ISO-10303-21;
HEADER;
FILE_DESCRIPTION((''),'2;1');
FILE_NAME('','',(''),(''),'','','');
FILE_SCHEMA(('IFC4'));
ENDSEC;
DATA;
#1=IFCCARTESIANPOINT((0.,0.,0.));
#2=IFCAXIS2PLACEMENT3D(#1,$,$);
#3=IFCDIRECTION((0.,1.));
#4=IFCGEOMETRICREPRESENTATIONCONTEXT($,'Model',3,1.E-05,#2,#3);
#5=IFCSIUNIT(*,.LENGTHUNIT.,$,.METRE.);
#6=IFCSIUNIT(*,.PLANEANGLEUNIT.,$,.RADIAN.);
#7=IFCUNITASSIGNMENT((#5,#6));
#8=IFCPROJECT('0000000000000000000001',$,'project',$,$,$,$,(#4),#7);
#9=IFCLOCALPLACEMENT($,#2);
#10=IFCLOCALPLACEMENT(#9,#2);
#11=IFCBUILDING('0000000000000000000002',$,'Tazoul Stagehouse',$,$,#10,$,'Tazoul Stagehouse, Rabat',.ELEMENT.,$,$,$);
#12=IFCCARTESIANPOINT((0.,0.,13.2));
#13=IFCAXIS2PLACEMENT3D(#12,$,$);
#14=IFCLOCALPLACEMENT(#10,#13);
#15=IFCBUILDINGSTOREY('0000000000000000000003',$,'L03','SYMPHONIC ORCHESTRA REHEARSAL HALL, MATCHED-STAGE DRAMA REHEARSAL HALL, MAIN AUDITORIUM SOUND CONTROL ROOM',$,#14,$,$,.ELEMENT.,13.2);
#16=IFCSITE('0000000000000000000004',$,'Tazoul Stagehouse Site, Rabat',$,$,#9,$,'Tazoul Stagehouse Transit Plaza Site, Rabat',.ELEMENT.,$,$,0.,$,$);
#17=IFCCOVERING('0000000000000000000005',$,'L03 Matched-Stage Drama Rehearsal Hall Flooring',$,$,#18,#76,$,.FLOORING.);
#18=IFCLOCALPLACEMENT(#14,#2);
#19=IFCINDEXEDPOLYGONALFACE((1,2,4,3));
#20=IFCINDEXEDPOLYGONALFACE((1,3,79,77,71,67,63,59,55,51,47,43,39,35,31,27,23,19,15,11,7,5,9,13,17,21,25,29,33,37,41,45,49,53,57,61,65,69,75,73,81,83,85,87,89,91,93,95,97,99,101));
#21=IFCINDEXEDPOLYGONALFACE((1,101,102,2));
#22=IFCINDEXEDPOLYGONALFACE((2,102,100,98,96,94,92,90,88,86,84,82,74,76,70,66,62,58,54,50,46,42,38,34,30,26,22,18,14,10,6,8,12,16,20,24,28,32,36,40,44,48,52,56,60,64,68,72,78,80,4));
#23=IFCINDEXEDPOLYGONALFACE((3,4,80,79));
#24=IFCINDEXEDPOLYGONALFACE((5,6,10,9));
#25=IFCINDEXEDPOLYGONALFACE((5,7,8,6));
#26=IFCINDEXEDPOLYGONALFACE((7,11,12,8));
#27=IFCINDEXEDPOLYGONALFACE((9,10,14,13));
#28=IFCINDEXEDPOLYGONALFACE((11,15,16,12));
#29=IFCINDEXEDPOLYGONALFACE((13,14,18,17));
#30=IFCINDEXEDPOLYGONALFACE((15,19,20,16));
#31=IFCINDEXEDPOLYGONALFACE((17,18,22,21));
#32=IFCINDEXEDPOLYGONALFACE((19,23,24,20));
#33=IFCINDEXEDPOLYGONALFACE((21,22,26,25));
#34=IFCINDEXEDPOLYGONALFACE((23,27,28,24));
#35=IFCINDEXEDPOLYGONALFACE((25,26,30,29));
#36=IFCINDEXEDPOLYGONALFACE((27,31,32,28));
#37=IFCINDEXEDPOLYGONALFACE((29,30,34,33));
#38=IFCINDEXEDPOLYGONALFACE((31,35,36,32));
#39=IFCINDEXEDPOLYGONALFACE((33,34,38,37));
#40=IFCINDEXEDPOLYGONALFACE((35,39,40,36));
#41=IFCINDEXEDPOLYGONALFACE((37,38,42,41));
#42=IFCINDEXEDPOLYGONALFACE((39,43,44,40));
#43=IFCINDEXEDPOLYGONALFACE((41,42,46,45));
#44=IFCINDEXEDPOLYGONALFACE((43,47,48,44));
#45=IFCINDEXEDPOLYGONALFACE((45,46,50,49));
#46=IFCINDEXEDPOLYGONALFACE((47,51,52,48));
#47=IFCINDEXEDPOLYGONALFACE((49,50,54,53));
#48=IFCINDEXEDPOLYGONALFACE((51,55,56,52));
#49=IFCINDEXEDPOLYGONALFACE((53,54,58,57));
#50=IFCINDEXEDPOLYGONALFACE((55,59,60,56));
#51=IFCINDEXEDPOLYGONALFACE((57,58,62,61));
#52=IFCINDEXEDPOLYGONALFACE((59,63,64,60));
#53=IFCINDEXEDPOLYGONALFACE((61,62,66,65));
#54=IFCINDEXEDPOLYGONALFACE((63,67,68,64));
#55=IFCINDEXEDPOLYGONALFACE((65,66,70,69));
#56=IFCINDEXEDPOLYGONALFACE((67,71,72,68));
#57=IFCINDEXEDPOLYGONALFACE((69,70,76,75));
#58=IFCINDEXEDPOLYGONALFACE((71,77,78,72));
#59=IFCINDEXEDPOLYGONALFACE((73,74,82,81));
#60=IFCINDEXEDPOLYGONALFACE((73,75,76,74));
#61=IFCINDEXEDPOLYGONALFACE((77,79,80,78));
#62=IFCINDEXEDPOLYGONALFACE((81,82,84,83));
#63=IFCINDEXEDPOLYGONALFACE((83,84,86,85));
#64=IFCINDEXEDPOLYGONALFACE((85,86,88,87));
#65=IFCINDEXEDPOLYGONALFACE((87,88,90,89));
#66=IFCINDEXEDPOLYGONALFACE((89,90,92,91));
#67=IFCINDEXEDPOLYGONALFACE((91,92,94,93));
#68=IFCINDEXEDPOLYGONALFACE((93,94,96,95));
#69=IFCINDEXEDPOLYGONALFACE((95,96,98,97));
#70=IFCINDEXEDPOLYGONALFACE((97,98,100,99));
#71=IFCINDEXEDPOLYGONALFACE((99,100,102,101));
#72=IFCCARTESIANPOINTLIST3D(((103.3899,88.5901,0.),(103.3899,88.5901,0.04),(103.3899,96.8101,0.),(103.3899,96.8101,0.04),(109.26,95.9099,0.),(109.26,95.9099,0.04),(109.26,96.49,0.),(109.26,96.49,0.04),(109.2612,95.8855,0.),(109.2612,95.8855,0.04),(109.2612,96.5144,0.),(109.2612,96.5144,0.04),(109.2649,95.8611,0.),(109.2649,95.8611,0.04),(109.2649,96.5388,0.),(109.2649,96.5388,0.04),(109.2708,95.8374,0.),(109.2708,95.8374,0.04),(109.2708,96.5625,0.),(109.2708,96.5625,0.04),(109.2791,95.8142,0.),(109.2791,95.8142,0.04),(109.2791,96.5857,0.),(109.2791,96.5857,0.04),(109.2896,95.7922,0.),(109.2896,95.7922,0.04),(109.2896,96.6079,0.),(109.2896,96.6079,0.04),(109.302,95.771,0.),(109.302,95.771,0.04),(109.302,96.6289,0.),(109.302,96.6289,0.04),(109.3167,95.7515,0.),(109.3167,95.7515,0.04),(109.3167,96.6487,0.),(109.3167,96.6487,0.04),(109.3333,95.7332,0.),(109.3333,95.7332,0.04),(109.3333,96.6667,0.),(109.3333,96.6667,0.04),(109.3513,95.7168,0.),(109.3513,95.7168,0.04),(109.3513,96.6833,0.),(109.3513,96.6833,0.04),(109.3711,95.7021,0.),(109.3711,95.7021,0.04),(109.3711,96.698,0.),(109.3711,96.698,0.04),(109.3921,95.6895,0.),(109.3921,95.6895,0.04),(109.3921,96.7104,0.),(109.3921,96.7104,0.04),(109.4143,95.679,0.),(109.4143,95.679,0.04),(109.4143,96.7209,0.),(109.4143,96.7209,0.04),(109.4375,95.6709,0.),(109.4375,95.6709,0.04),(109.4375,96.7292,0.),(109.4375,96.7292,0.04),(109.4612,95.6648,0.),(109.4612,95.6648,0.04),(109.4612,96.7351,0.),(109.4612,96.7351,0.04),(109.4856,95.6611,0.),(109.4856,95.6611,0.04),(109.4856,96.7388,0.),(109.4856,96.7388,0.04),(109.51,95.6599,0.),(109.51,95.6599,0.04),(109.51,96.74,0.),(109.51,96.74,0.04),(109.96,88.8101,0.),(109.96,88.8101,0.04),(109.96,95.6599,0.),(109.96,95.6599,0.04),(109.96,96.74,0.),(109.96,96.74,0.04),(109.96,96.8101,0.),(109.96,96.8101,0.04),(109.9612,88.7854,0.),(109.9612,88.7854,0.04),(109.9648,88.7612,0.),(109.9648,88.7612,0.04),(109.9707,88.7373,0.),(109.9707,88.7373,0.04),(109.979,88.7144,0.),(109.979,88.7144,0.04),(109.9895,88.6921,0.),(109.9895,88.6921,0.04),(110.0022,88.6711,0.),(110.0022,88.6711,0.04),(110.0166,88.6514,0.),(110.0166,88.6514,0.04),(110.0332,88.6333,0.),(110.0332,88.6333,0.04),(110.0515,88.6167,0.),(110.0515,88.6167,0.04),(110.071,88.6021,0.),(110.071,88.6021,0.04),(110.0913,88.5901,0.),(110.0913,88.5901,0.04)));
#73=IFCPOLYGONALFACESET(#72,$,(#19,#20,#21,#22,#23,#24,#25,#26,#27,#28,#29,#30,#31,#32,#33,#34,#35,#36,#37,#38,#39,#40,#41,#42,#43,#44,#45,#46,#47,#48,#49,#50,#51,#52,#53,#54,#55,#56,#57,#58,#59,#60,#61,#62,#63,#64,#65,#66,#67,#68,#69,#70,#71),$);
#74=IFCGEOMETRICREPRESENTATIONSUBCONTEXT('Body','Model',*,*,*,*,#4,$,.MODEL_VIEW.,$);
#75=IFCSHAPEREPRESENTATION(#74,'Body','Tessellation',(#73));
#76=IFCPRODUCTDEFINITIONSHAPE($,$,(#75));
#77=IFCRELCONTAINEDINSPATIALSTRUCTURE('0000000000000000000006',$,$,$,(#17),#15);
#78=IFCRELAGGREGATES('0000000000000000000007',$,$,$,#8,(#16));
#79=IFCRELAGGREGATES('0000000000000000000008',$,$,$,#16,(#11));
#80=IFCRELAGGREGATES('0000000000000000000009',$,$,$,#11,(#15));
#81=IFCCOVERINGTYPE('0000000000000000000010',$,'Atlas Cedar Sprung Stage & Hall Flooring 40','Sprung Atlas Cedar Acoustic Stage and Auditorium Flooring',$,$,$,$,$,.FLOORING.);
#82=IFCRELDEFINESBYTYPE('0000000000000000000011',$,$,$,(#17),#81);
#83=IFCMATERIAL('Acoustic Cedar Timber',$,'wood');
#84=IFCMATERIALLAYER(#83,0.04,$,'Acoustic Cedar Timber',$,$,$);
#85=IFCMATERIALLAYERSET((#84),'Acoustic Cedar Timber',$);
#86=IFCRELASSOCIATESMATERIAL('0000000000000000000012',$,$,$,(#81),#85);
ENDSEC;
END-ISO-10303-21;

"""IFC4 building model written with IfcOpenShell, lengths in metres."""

from ifc_helpers import new_model, si_unit, direction, frame, origin, place, context, subcontext, project, spatial, polyline, outline, extrude, material, layer, layer_set, type_object, element, save


model = new_model("IFC4")

# Units and contexts
model_context = context("Model", 3, precision=1e-05, world=origin(), true_north=direction((0.0, 1.0)))
body_context = subcontext(model_context, "Body", "Model", "MODEL_VIEW")
ifc_project = project(units=[si_unit("LENGTHUNIT", "METRE"), si_unit("PLANEANGLEUNIT", "RADIAN")], contexts=[model_context])

# Site, building, storey
site_placement = place(None, origin())
site = spatial("IfcSite", under=ifc_project, at=site_placement, Name="Tazoul Stagehouse Site, Rabat", LongName="Tazoul Stagehouse Transit Plaza Site, Rabat", CompositionType="ELEMENT", RefElevation=0.0)
building_placement = place(site_placement, origin())
building = spatial("IfcBuilding", under=site, at=building_placement, Name="Tazoul Stagehouse", LongName="Tazoul Stagehouse, Rabat", CompositionType="ELEMENT")
storey_placement = place(building_placement, frame((0.0, 0.0, 13.2)))
storey = spatial("IfcBuildingStorey", under=building, at=storey_placement, Name="L03", Description="SYMPHONIC ORCHESTRA REHEARSAL HALL, MATCHED-STAGE DRAMA REHEARSAL HALL, MAIN AUDITORIUM SOUND CONTROL ROOM", CompositionType="ELEMENT", Elevation=13.2)

# Covering
ifc_material_1 = material(Name="Acoustic Cedar Timber", Category="wood")
ifc_layer_1 = layer(ifc_material_1, 0.04, Name="Acoustic Cedar Timber")
ifc_layer_set_1 = layer_set([ifc_layer_1], Name="Acoustic Cedar Timber")
covering_type_1 = type_object("IfcCoveringType", Name="Atlas Cedar Sprung Stage & Hall Flooring 40", Description="Sprung Atlas Cedar Acoustic Stage and Auditorium Flooring", PredefinedType="FLOORING", material=ifc_layer_set_1)
covering_1_placement = place(storey_placement, origin())
element("IfcCovering", 1, at=covering_1_placement, inside=storey, type_object=covering_type_1, Name="L03 Matched-Stage Drama Rehearsal Hall Flooring", PredefinedType="FLOORING", context=body_context, shape_type="SweptSolid", body=[
    extrude(outline(polyline([(109.96, 96.8101), (109.96, 96.74), (109.51, 96.74), (109.4856, 96.7388), (109.4612, 96.7351), (109.4375, 96.7292), (109.4143, 96.7209), (109.3921, 96.7104), (109.3711, 96.698), (109.3513, 96.6833), (109.3333, 96.6667), (109.3167, 96.6487), (109.302, 96.6289), (109.2896, 96.6079), (109.2791, 96.5857), (109.2708, 96.5625), (109.2649, 96.5388), (109.2612, 96.5144), (109.26, 96.49), (109.26, 95.9099), (109.2612, 95.8855), (109.2649, 95.8611), (109.2708, 95.8374), (109.2791, 95.8142), (109.2896, 95.7922), (109.302, 95.771), (109.3167, 95.7515), (109.3333, 95.7332), (109.3513, 95.7168), (109.3711, 95.7021), (109.3921, 95.6895), (109.4143, 95.679), (109.4375, 95.6709), (109.4612, 95.6648), (109.4856, 95.6611), (109.51, 95.6599), (109.96, 95.6599), (109.96, 88.8101), (109.9612, 88.7854), (109.9648, 88.7612), (109.9707, 88.7373), (109.979, 88.7144), (109.9895, 88.6921), (110.0022, 88.6711), (110.0166, 88.6514), (110.0332, 88.6333), (110.0515, 88.6167), (110.071, 88.6021), (110.0913, 88.5901), (103.3899, 88.5901), (103.3899, 96.8101), (109.96, 96.8101)])), origin(), (0.0, 0.0, 1.0), 0.04),
])

save(model, "model.ifc")
